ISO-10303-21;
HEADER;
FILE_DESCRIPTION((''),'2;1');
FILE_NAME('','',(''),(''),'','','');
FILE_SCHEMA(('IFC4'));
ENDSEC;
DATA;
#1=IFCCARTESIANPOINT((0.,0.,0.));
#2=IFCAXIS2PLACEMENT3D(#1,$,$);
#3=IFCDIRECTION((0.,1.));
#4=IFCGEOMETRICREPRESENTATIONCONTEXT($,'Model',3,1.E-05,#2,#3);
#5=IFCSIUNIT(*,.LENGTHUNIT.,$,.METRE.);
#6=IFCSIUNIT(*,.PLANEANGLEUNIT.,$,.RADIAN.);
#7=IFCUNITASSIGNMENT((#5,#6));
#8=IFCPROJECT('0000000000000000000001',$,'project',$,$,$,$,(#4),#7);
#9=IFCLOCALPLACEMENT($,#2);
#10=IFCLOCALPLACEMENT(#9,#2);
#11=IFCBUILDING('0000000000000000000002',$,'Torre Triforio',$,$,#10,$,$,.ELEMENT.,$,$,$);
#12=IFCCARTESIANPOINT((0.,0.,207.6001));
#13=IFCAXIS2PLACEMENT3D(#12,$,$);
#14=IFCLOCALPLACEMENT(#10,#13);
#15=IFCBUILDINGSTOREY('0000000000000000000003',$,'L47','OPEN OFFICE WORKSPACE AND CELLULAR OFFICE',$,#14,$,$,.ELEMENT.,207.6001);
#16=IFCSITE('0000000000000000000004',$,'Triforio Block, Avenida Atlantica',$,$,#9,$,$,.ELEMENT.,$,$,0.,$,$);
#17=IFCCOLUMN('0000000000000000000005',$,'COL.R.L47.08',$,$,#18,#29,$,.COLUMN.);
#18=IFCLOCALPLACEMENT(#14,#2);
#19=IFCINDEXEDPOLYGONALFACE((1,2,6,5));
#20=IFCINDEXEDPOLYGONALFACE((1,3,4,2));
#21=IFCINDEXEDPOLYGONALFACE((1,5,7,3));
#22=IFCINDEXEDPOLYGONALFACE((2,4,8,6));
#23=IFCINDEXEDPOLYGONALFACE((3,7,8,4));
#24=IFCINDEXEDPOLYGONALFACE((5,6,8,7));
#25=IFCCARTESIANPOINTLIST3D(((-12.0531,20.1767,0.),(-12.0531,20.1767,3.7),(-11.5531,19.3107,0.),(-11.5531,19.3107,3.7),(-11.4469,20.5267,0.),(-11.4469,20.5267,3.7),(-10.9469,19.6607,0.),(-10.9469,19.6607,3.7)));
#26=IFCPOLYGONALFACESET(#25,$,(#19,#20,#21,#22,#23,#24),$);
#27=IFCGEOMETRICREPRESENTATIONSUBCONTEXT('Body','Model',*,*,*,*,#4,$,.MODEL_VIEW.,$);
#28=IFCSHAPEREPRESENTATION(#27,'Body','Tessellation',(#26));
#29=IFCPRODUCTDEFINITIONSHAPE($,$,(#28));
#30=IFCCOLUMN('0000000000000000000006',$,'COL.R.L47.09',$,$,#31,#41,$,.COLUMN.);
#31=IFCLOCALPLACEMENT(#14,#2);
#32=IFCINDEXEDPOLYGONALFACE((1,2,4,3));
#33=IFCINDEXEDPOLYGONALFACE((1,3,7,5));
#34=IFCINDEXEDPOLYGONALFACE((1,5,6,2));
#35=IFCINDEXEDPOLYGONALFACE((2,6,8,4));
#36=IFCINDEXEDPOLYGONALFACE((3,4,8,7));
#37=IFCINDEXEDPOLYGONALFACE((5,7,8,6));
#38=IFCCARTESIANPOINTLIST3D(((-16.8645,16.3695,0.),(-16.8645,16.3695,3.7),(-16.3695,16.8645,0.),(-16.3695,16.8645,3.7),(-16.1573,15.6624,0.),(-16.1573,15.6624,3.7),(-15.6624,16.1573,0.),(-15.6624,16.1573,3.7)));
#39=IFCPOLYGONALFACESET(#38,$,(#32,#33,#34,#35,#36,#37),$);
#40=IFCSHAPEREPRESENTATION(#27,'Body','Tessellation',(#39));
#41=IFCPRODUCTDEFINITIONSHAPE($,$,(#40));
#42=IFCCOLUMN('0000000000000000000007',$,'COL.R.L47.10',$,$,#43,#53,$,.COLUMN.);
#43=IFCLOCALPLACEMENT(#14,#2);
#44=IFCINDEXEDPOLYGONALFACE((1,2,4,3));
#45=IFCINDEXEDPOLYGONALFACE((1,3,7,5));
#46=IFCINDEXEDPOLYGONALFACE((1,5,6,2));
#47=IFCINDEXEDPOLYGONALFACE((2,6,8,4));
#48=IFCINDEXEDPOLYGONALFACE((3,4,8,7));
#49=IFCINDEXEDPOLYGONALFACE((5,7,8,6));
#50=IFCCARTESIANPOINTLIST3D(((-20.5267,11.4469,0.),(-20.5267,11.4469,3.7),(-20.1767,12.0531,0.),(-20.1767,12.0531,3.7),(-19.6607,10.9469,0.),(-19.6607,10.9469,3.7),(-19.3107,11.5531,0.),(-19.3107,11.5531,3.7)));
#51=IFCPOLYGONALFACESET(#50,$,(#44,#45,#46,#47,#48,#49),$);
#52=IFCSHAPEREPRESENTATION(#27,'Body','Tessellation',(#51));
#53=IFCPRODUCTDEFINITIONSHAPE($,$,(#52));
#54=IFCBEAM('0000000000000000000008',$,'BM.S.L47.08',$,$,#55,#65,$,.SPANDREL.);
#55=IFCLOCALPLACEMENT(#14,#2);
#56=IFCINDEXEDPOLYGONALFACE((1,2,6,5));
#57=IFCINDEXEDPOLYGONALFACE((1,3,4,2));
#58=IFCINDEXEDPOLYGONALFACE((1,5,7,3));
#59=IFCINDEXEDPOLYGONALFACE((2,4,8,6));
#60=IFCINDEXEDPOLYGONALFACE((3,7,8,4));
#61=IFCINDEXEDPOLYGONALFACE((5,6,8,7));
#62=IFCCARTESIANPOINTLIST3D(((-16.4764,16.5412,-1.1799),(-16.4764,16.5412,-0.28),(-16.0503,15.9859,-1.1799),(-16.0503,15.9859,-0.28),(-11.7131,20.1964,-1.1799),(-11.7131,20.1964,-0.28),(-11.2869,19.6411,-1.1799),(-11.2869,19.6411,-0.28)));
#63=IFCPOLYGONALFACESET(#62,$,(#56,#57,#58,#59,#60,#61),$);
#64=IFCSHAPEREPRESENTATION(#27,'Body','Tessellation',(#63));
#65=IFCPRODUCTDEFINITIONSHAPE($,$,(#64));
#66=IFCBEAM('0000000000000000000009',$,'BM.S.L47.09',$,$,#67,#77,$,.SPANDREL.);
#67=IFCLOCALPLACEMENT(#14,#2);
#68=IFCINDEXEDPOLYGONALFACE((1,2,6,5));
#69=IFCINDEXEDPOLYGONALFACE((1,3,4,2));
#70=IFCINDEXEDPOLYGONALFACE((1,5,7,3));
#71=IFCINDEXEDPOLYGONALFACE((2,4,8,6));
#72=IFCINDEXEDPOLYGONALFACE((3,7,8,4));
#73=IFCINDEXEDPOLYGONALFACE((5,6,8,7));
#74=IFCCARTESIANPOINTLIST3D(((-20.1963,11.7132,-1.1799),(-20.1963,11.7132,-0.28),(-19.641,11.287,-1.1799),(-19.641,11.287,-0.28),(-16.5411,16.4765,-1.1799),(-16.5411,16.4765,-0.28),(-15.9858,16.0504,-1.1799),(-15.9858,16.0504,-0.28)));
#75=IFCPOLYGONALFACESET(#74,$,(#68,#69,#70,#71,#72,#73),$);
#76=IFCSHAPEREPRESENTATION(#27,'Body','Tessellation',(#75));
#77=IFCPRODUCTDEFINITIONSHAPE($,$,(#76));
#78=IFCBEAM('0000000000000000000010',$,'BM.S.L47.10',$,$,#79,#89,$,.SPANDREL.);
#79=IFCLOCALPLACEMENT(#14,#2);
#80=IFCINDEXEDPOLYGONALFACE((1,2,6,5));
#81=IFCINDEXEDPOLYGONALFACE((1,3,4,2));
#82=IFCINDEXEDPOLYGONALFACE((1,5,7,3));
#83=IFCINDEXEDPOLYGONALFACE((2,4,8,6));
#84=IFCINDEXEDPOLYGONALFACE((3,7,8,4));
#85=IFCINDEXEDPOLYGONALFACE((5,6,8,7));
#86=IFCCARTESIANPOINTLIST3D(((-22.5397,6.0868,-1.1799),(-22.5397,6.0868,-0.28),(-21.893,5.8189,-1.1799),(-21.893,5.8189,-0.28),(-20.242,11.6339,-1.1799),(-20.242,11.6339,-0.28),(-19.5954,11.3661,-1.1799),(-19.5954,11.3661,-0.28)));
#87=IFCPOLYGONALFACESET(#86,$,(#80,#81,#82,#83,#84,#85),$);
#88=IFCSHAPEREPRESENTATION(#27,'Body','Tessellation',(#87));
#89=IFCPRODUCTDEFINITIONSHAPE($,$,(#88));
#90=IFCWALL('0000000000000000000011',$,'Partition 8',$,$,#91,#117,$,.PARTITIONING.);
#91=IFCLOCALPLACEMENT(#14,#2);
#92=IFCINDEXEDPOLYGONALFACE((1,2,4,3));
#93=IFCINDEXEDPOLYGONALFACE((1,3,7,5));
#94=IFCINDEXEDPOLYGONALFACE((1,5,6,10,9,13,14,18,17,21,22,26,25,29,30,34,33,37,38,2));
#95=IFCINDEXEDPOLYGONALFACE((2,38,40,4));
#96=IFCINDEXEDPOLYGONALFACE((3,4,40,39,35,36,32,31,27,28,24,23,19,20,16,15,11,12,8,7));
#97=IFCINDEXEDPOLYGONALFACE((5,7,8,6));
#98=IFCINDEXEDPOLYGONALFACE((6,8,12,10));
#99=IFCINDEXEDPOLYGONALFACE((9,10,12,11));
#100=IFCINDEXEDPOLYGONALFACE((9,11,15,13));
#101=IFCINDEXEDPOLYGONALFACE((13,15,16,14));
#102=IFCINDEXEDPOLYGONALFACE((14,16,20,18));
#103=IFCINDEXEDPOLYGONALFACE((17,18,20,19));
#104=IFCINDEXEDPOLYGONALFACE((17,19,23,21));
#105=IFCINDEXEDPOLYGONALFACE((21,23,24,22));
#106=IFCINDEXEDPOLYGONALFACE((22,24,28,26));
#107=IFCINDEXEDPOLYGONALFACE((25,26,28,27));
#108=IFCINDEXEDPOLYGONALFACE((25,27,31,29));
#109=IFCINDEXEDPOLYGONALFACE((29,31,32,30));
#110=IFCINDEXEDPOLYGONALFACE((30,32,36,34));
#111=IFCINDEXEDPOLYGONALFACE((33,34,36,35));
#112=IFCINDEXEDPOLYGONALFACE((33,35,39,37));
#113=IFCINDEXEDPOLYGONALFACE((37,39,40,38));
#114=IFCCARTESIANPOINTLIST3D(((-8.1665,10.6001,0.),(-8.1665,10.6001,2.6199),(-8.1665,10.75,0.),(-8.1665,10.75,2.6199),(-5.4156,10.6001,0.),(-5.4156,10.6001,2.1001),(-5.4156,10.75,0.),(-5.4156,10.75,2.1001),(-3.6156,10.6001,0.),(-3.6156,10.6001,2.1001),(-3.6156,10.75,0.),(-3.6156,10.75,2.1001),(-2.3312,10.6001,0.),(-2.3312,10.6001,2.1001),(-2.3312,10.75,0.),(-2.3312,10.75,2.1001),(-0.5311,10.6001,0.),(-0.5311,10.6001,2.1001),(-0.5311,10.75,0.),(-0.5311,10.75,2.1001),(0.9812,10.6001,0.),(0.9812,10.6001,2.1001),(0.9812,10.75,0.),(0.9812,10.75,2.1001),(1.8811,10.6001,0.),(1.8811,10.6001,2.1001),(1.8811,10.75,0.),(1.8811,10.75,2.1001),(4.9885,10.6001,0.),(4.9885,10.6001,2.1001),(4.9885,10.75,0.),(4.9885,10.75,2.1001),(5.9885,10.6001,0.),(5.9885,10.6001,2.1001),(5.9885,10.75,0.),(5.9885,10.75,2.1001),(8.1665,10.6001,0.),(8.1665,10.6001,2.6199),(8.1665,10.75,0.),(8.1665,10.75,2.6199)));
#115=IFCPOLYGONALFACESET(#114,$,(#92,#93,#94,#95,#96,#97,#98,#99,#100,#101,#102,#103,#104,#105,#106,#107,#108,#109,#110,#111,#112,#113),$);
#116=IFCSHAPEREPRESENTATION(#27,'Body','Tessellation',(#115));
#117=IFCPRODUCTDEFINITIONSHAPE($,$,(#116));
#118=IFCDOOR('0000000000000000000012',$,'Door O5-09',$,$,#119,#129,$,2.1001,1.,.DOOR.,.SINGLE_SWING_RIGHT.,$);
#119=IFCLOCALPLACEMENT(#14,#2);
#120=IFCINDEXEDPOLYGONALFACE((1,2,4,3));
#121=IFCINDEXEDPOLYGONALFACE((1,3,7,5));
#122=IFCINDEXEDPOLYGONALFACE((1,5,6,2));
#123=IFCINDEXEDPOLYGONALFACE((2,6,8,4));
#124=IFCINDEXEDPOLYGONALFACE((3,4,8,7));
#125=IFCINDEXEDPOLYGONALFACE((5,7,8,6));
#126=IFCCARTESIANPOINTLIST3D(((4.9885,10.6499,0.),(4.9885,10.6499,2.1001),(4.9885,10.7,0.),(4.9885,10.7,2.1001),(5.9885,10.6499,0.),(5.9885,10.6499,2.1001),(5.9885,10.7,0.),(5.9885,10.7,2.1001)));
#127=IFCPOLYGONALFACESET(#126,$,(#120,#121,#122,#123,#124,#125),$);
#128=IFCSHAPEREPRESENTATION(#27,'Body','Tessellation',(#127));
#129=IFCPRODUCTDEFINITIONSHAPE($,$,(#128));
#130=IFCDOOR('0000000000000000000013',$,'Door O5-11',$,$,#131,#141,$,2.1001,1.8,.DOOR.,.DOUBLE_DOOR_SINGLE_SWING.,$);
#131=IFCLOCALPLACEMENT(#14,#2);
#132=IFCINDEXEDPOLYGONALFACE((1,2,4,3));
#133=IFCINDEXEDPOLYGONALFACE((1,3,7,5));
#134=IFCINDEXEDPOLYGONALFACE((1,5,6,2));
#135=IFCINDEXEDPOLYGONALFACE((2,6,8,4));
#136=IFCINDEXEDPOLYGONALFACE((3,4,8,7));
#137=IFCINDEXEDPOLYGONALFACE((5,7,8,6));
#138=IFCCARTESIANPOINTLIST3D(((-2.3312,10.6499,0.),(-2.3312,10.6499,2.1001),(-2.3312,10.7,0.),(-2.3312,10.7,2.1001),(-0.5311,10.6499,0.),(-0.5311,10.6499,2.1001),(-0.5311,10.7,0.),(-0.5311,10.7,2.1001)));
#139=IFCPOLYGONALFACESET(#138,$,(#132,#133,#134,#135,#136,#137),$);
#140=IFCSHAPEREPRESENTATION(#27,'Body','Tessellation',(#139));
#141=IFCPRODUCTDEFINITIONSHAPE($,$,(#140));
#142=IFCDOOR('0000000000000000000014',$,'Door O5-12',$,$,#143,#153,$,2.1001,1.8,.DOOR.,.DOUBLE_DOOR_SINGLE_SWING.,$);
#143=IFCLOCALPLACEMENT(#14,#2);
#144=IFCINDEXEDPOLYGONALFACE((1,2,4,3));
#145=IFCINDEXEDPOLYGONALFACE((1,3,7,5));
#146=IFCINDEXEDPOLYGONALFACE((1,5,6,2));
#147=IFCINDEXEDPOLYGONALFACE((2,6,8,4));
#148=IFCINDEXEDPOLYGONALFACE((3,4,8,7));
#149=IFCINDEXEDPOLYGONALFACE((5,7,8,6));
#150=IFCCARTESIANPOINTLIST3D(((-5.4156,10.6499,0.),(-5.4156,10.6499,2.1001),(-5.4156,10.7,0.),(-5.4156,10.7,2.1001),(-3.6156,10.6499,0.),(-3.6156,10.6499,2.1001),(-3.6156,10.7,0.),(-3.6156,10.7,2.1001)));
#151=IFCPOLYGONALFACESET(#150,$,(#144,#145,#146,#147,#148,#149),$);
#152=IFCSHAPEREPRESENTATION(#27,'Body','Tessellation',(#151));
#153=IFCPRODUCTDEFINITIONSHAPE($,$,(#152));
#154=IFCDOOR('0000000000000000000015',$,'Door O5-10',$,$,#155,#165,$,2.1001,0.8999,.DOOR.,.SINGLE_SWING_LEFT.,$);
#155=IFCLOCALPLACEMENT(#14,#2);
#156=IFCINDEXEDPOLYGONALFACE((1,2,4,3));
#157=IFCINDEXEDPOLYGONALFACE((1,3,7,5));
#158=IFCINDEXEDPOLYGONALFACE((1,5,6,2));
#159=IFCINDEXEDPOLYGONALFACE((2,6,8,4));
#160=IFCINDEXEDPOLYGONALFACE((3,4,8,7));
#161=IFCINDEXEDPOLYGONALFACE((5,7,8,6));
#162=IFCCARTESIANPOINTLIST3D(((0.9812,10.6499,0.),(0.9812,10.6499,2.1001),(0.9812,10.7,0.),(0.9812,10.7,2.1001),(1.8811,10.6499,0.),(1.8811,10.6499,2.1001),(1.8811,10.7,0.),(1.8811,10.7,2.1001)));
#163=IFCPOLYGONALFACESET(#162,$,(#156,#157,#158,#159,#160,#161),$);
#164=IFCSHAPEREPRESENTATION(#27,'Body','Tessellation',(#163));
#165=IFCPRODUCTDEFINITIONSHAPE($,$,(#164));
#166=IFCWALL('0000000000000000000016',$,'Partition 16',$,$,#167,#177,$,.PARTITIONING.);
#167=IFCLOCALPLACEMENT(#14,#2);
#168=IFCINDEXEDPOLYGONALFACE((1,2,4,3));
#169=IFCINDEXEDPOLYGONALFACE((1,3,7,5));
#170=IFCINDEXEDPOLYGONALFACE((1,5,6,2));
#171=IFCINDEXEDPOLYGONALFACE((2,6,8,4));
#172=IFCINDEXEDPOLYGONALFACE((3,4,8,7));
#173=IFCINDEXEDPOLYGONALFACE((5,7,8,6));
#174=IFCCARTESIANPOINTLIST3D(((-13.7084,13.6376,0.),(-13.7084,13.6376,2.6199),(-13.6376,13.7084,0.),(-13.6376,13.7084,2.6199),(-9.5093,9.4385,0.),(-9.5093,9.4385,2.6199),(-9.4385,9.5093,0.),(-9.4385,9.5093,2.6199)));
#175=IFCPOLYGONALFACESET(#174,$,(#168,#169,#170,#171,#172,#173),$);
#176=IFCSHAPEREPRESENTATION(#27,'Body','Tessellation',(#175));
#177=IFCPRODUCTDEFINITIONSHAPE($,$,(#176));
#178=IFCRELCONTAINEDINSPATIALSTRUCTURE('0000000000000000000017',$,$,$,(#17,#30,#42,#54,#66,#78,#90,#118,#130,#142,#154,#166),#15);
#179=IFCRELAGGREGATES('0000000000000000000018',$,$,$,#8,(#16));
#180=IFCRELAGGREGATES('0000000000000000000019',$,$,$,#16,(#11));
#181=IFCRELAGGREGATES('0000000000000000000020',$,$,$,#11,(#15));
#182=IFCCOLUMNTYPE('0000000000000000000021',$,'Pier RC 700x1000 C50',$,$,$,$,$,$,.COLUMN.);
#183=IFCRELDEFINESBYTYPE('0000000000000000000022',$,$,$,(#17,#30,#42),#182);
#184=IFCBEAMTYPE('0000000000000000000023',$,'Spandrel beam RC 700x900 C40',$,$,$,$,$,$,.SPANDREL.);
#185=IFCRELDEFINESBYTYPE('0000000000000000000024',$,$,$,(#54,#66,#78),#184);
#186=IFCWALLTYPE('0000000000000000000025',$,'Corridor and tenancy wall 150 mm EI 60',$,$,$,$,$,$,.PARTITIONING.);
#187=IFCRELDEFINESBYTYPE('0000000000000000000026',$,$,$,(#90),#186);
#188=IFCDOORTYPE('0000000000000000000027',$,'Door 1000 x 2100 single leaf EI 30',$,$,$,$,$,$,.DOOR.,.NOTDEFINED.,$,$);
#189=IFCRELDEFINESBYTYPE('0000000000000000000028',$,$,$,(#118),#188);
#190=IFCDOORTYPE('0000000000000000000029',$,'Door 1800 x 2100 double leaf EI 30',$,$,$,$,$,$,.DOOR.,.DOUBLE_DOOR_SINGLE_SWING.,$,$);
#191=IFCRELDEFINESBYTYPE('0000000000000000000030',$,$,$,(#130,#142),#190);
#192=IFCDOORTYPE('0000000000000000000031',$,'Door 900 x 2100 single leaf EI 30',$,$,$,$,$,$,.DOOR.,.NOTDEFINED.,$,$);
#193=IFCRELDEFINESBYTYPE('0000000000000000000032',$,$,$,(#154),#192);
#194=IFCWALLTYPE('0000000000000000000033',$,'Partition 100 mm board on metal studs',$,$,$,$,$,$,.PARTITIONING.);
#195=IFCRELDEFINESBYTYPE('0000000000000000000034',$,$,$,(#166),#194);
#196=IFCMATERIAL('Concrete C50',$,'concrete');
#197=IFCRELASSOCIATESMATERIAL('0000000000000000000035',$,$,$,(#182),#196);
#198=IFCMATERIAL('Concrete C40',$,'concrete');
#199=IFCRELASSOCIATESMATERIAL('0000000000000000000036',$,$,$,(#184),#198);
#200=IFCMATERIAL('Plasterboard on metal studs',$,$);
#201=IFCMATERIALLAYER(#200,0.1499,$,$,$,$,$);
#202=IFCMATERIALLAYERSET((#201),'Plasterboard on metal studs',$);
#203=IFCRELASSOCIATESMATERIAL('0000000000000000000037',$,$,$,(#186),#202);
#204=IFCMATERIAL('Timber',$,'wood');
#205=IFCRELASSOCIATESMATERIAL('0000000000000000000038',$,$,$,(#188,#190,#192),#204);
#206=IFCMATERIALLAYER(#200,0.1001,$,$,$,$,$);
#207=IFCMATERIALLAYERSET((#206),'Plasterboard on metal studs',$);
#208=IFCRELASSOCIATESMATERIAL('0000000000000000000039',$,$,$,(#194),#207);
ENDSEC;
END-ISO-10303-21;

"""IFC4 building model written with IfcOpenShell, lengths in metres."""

from ifc_helpers import new_model, si_unit, direction, frame, frame_2d, origin, origin_2d, place, context, subcontext, project, spatial, rectangle, extrude, material, layer, layer_set, material_profile, profile_set, type_object, element, fill, save


model = new_model("IFC4")

# Units and contexts
model_context = context("Model", 3, precision=1e-05, world=origin(), true_north=direction((0.0, 1.0)))
body_context = subcontext(model_context, "Body", "Model", "MODEL_VIEW")
ifc_project = project(units=[si_unit("LENGTHUNIT", "METRE"), si_unit("PLANEANGLEUNIT", "RADIAN")], contexts=[model_context])

# Site, building, storey
site_placement = place(None, origin())
site = spatial("IfcSite", under=ifc_project, at=site_placement, Name="Triforio Block, Avenida Atlantica", CompositionType="ELEMENT", RefElevation=0.0)
building_placement = place(site_placement, origin())
building = spatial("IfcBuilding", under=site, at=building_placement, Name="Torre Triforio", CompositionType="ELEMENT")
storey_placement = place(building_placement, frame((0.0, 0.0, 207.6001)))
storey = spatial("IfcBuildingStorey", under=building, at=storey_placement, Name="L47", Description="OPEN OFFICE WORKSPACE AND CELLULAR OFFICE", CompositionType="ELEMENT", Elevation=207.6001)

# Columns
ifc_material_1 = material(Name="Concrete C50", Category="concrete")
ifc_material_profile_1 = material_profile(ifc_material_1, rectangle(XDim=0.7, YDim=1.0, at=origin_2d()), Name="RC 700x1000")
ifc_profile_set_1 = profile_set([ifc_material_profile_1], Name="Concrete C50")
column_type = type_object("IfcColumnType", Name="Pier RC 700x1000 C50", PredefinedType="COLUMN", material=ifc_profile_set_1)
for number, where, z_axis, x_axis, name in (
    (1, (-11.5, 19.9187, 0.0), (0.0, 0.0, 1.0), (-0.866025, -0.5, 0.0), "COL.R.L47.08"),
    (2, (-16.2634, 16.2634, 0.0), (0.0, 0.0, 1.0), (-0.707107, -0.707107, 0.0), "COL.R.L47.09"),
    (3, (-19.9187, 11.5, 0.0), (0.0, 0.0, 1.0), (-0.5, -0.866025, 0.0), "COL.R.L47.10"),
):
    element("IfcColumn", number, at=place(storey_placement, frame(where, z_axis=z_axis, x_axis=x_axis)), inside=storey, type_object=column_type, Name=name, PredefinedType="COLUMN", context=body_context, shape_type="SweptSolid", body=[
        extrude(rectangle(XDim=0.7, YDim=1.0, at=origin_2d()), origin(), (0.0, 0.0, 1.0), 3.7),
    ])

# Beams
ifc_material_2 = material(Name="Concrete C40", Category="concrete")
ifc_material_profile_2 = material_profile(ifc_material_2, rectangle(XDim=0.7, YDim=0.8999, at=origin_2d()), Name="RC 700x900")
ifc_profile_set_2 = profile_set([ifc_material_profile_2], Name="Concrete C40")
beam_type = type_object("IfcBeamType", Name="Spandrel beam RC 700x900 C40", PredefinedType="SPANDREL", material=ifc_profile_set_2)
for number, where, z_axis, x_axis, name in (
    (4, (-11.5, 19.9187, -0.73), (-0.79334, -0.608779, 0.0), (0.608779, -0.79334, 0.0), "BM.S.L47.08"),
    (5, (-16.2634, 16.2634, -0.73), (-0.608779, -0.79334, 0.0), (0.79334, -0.608779, 0.0), "BM.S.L47.09"),
    (6, (-19.9187, 11.5, -0.73), (-0.382671, -0.923885, 0.0), (0.923885, -0.382671, 0.0), "BM.S.L47.10"),
):
    element("IfcBeam", number, at=place(storey_placement, frame(where, z_axis=z_axis, x_axis=x_axis)), inside=storey, type_object=beam_type, Name=name, PredefinedType="SPANDREL", context=body_context, shape_type="SweptSolid", body=[
        extrude(rectangle(XDim=0.7, YDim=0.8999, at=origin_2d()), origin(), (0.0, 0.0, 1.0), 6.0042),
    ])

# Wall, openings, doors
ifc_material_3 = material(Name="Plasterboard on metal studs")
ifc_layer_1 = layer(ifc_material_3, 0.1499)
ifc_layer_set_1 = layer_set([ifc_layer_1], Name="Plasterboard on metal studs")
wall_type_1 = type_object("IfcWallType", Name="Corridor and tenancy wall 150 mm EI 60", PredefinedType="PARTITIONING", material=ifc_layer_set_1)
wall_1_placement = place(storey_placement, frame((-8.1665, 10.675, 0.0), z_axis=(0.0, 0.0, 1.0), x_axis=(1.0, 0.0, 0.0)))
wall_1 = element("IfcWall", 7, at=wall_1_placement, inside=storey, type_object=wall_type_1, Name="Partition 8", PredefinedType="PARTITIONING", context=body_context, shape_type="SweptSolid", body=[
    extrude(rectangle(XDim=16.333, YDim=0.1499, at=frame_2d((8.1665, 0.0))), origin(), (0.0, 0.0, 1.0), 2.6199),
])
opening_1_placement = place(wall_1_placement, frame((13.155, 0.0, 0.0)))
opening_1 = element("IfcOpeningElement", 8, at=opening_1_placement, cuts=wall_1, PredefinedType="OPENING", context=body_context, shape_type="SweptSolid", body=[
    extrude(rectangle(XDim=1.0, YDim=2.1001, at=frame_2d((0.5, 1.05))), frame((0.0, 0.085, 0.0), z_axis=(0.0, -1.0, 0.0), x_axis=(1.0, 0.0, 0.0)), (0.0, 0.0, 1.0), 0.1699),
])
opening_2_placement = place(wall_1_placement, frame((9.1477, 0.0, 0.0)))
opening_2 = element("IfcOpeningElement", 9, at=opening_2_placement, cuts=wall_1, PredefinedType="OPENING", context=body_context, shape_type="SweptSolid", body=[
    extrude(rectangle(XDim=0.8999, YDim=2.1001, at=frame_2d((0.45, 1.05))), frame((0.0, 0.085, 0.0), z_axis=(0.0, -1.0, 0.0), x_axis=(1.0, 0.0, 0.0)), (0.0, 0.0, 1.0), 0.1699),
])
opening_3_placement = place(wall_1_placement, frame((5.8354, 0.0, 0.0)))
opening_3 = element("IfcOpeningElement", 10, at=opening_3_placement, cuts=wall_1, PredefinedType="OPENING", context=body_context, shape_type="SweptSolid", body=[
    extrude(rectangle(XDim=1.8, YDim=2.1001, at=frame_2d((0.8999, 1.05))), frame((0.0, 0.085, 0.0), z_axis=(0.0, -1.0, 0.0), x_axis=(1.0, 0.0, 0.0)), (0.0, 0.0, 1.0), 0.1699),
])
opening_4_placement = place(wall_1_placement, frame((2.751, 0.0, 0.0)))
opening_4 = element("IfcOpeningElement", 11, at=opening_4_placement, cuts=wall_1, PredefinedType="OPENING", context=body_context, shape_type="SweptSolid", body=[
    extrude(rectangle(XDim=1.8, YDim=2.1001, at=frame_2d((0.8999, 1.05))), frame((0.0, 0.085, 0.0), z_axis=(0.0, -1.0, 0.0), x_axis=(1.0, 0.0, 0.0)), (0.0, 0.0, 1.0), 0.1699),
])
ifc_material_4 = material(Name="Timber", Category="wood")
door_type_1 = type_object("IfcDoorType", Name="Door 1000 x 2100 single leaf EI 30", OperationType="NOTDEFINED", PredefinedType="DOOR", material=ifc_material_4)
door_1_placement = place(opening_1_placement, origin())
door_1 = element("IfcDoor", 12, at=door_1_placement, inside=storey, type_object=door_type_1, Name="Door O5-09", OperationType="SINGLE_SWING_RIGHT", OverallHeight=2.1001, OverallWidth=1.0, PredefinedType="DOOR", context=body_context, shape_type="SweptSolid", body=[
    extrude(rectangle(XDim=1.0, YDim=2.1001, at=frame_2d((0.5, 1.05))), frame((0.0, 0.0249, 0.0), z_axis=(0.0, -1.0, 0.0), x_axis=(1.0, 0.0, 0.0)), (0.0, 0.0, 1.0), 0.05),
])
fill(opening_1, door_1)
door_type_2 = type_object("IfcDoorType", Name="Door 1800 x 2100 double leaf EI 30", OperationType="DOUBLE_DOOR_SINGLE_SWING", PredefinedType="DOOR", material=ifc_material_4)
door_2_placement = place(opening_3_placement, origin())
door_2 = element("IfcDoor", 13, at=door_2_placement, inside=storey, type_object=door_type_2, Name="Door O5-11", OperationType="DOUBLE_DOOR_SINGLE_SWING", OverallHeight=2.1001, OverallWidth=1.8, PredefinedType="DOOR", context=body_context, shape_type="SweptSolid", body=[
    extrude(rectangle(XDim=1.8, YDim=2.1001, at=frame_2d((0.8999, 1.05))), frame((0.0, 0.0249, 0.0), z_axis=(0.0, -1.0, 0.0), x_axis=(1.0, 0.0, 0.0)), (0.0, 0.0, 1.0), 0.05),
])
fill(opening_3, door_2)
door_3_placement = place(opening_4_placement, origin())
door_3 = element("IfcDoor", 14, at=door_3_placement, inside=storey, type_object=door_type_2, Name="Door O5-12", OperationType="DOUBLE_DOOR_SINGLE_SWING", OverallHeight=2.1001, OverallWidth=1.8, PredefinedType="DOOR", context=body_context, shape_type="SweptSolid", body=[
    extrude(rectangle(XDim=1.8, YDim=2.1001, at=frame_2d((0.8999, 1.05))), frame((0.0, 0.0249, 0.0), z_axis=(0.0, -1.0, 0.0), x_axis=(1.0, 0.0, 0.0)), (0.0, 0.0, 1.0), 0.05),
])
fill(opening_4, door_3)
door_type_3 = type_object("IfcDoorType", Name="Door 900 x 2100 single leaf EI 30", OperationType="NOTDEFINED", PredefinedType="DOOR", material=ifc_material_4)
door_4_placement = place(opening_2_placement, origin())
door_4 = element("IfcDoor", 15, at=door_4_placement, inside=storey, type_object=door_type_3, Name="Door O5-10", OperationType="SINGLE_SWING_LEFT", OverallHeight=2.1001, OverallWidth=0.8999, PredefinedType="DOOR", context=body_context, shape_type="SweptSolid", body=[
    extrude(rectangle(XDim=0.8999, YDim=2.1001, at=frame_2d((0.45, 1.05))), frame((0.0, 0.0249, 0.0), z_axis=(0.0, -1.0, 0.0), x_axis=(1.0, 0.0, 0.0)), (0.0, 0.0, 1.0), 0.05),
])
fill(opening_2, door_4)

# Wall
ifc_layer_2 = layer(ifc_material_3, 0.1001)
ifc_layer_set_2 = layer_set([ifc_layer_2], Name="Plasterboard on metal studs")
wall_type_2 = type_object("IfcWallType", Name="Partition 100 mm board on metal studs", PredefinedType="PARTITIONING", material=ifc_layer_set_2)
wall_2_placement = place(storey_placement, frame((-9.4739, 9.4739, 0.0), z_axis=(0.0, 0.0, 1.0), x_axis=(-0.707107, 0.707107, 0.0)))
element("IfcWall", 16, at=wall_2_placement, inside=storey, type_object=wall_type_2, Name="Partition 16", PredefinedType="PARTITIONING", context=body_context, shape_type="SweptSolid", body=[
    extrude(rectangle(XDim=5.9385, YDim=0.1001, at=frame_2d((2.9692, 0.0))), origin(), (0.0, 0.0, 1.0), 2.6199),
])

save(model, "model.ifc")
